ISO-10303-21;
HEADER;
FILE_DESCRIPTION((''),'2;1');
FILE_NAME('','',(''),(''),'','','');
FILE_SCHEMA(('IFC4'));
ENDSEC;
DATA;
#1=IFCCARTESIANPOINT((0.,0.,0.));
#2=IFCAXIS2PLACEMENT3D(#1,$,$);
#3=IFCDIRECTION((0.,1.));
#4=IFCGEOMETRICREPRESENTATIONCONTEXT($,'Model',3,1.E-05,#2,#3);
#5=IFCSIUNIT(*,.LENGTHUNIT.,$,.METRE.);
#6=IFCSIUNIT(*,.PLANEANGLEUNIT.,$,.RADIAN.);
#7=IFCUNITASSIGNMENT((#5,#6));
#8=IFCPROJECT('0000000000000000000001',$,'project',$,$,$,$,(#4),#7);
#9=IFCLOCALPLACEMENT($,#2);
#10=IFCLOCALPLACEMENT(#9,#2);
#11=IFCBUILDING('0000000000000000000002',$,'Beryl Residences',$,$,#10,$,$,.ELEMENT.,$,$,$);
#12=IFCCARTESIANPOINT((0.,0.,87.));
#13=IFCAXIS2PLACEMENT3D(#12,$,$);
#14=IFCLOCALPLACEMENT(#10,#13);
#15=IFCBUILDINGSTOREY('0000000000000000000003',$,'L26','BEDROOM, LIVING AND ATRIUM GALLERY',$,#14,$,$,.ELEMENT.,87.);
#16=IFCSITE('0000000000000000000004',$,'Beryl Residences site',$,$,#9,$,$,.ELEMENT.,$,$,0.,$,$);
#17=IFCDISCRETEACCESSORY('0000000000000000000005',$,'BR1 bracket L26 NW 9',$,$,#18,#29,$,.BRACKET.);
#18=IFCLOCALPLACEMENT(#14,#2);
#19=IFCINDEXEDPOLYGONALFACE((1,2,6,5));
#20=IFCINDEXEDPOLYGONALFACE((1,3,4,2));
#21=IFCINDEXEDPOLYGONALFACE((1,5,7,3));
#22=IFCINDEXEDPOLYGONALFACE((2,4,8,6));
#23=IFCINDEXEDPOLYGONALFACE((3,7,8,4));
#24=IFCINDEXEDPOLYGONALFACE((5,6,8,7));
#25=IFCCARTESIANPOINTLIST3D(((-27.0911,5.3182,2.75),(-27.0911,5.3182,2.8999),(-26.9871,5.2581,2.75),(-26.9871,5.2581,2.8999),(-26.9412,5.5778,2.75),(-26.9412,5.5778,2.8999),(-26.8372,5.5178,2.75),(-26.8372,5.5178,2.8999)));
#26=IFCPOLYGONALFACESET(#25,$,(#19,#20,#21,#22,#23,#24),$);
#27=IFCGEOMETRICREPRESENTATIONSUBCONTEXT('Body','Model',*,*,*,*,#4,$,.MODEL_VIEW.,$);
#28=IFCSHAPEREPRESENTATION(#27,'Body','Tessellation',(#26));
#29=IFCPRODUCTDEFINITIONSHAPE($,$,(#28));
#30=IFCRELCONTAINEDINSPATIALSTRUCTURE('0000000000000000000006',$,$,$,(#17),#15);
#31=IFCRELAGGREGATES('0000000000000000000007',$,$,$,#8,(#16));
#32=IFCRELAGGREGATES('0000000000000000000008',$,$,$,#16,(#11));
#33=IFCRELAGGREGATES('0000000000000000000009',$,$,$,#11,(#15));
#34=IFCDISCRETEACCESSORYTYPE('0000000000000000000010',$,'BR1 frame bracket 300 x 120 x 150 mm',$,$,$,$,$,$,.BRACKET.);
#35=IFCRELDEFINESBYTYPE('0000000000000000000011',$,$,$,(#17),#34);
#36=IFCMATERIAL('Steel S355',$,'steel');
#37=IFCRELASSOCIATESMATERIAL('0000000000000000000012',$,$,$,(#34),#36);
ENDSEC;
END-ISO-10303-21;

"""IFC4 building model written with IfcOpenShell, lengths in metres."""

from ifc_helpers import new_model, si_unit, direction, frame, origin, place, context, subcontext, project, spatial, polyline, outline, extrude, source, transform, mapped, material, type_object, type_shapes, element, save


model = new_model("IFC4")

# Units and contexts
model_context = context("Model", 3, precision=1e-05, world=origin(), true_north=direction((0.0, 1.0)))
body_context = subcontext(model_context, "Body", "Model", "MODEL_VIEW")
ifc_project = project(units=[si_unit("LENGTHUNIT", "METRE"), si_unit("PLANEANGLEUNIT", "RADIAN")], contexts=[model_context])

# Site, building, storey
site_placement = place(None, origin())
site = spatial("IfcSite", under=ifc_project, at=site_placement, Name="Beryl Residences site", CompositionType="ELEMENT", RefElevation=0.0)
building_placement = place(site_placement, origin())
building = spatial("IfcBuilding", under=site, at=building_placement, Name="Beryl Residences", CompositionType="ELEMENT")
storey_placement = place(building_placement, frame((0.0, 0.0, 87.0)))
storey = spatial("IfcBuildingStorey", under=building, at=storey_placement, Name="L26", Description="BEDROOM, LIVING AND ATRIUM GALLERY", CompositionType="ELEMENT", Elevation=87.0)

# Discrete accessory
ifc_material_1 = material(Name="Steel S355", Category="steel")
discrete_accessory_type = type_object("IfcDiscreteAccessoryType", Name="BR1 frame bracket 300 x 120 x 150 mm", PredefinedType="BRACKET", material=ifc_material_1)
shared_shape_1 = source(origin(), body_context, "Body", "SweptSolid", [
    extrude(outline(polyline([(-0.1499, 0.0), (0.1499, 0.0), (0.1499, 0.1201), (-0.1499, 0.1201), (-0.1499, 0.0)])), origin(), (0.0, 0.0, 1.0), 0.1499),
])
type_shapes(discrete_accessory_type, [shared_shape_1])
discrete_accessory_placement = place(storey_placement, frame((-26.9121, 5.3879, 2.75), z_axis=(0.0, 0.0, 1.0), x_axis=(0.5, 0.866025, 0.0)))
element("IfcDiscreteAccessory", 1, at=discrete_accessory_placement, inside=storey, type_object=discrete_accessory_type, Name="BR1 bracket L26 NW 9", PredefinedType="BRACKET", context=body_context, shape_type="MappedRepresentation", body=[
    mapped(shared_shape_1, transform((0.0, 0.0, 0.0))),
])

save(model, "model.ifc")
